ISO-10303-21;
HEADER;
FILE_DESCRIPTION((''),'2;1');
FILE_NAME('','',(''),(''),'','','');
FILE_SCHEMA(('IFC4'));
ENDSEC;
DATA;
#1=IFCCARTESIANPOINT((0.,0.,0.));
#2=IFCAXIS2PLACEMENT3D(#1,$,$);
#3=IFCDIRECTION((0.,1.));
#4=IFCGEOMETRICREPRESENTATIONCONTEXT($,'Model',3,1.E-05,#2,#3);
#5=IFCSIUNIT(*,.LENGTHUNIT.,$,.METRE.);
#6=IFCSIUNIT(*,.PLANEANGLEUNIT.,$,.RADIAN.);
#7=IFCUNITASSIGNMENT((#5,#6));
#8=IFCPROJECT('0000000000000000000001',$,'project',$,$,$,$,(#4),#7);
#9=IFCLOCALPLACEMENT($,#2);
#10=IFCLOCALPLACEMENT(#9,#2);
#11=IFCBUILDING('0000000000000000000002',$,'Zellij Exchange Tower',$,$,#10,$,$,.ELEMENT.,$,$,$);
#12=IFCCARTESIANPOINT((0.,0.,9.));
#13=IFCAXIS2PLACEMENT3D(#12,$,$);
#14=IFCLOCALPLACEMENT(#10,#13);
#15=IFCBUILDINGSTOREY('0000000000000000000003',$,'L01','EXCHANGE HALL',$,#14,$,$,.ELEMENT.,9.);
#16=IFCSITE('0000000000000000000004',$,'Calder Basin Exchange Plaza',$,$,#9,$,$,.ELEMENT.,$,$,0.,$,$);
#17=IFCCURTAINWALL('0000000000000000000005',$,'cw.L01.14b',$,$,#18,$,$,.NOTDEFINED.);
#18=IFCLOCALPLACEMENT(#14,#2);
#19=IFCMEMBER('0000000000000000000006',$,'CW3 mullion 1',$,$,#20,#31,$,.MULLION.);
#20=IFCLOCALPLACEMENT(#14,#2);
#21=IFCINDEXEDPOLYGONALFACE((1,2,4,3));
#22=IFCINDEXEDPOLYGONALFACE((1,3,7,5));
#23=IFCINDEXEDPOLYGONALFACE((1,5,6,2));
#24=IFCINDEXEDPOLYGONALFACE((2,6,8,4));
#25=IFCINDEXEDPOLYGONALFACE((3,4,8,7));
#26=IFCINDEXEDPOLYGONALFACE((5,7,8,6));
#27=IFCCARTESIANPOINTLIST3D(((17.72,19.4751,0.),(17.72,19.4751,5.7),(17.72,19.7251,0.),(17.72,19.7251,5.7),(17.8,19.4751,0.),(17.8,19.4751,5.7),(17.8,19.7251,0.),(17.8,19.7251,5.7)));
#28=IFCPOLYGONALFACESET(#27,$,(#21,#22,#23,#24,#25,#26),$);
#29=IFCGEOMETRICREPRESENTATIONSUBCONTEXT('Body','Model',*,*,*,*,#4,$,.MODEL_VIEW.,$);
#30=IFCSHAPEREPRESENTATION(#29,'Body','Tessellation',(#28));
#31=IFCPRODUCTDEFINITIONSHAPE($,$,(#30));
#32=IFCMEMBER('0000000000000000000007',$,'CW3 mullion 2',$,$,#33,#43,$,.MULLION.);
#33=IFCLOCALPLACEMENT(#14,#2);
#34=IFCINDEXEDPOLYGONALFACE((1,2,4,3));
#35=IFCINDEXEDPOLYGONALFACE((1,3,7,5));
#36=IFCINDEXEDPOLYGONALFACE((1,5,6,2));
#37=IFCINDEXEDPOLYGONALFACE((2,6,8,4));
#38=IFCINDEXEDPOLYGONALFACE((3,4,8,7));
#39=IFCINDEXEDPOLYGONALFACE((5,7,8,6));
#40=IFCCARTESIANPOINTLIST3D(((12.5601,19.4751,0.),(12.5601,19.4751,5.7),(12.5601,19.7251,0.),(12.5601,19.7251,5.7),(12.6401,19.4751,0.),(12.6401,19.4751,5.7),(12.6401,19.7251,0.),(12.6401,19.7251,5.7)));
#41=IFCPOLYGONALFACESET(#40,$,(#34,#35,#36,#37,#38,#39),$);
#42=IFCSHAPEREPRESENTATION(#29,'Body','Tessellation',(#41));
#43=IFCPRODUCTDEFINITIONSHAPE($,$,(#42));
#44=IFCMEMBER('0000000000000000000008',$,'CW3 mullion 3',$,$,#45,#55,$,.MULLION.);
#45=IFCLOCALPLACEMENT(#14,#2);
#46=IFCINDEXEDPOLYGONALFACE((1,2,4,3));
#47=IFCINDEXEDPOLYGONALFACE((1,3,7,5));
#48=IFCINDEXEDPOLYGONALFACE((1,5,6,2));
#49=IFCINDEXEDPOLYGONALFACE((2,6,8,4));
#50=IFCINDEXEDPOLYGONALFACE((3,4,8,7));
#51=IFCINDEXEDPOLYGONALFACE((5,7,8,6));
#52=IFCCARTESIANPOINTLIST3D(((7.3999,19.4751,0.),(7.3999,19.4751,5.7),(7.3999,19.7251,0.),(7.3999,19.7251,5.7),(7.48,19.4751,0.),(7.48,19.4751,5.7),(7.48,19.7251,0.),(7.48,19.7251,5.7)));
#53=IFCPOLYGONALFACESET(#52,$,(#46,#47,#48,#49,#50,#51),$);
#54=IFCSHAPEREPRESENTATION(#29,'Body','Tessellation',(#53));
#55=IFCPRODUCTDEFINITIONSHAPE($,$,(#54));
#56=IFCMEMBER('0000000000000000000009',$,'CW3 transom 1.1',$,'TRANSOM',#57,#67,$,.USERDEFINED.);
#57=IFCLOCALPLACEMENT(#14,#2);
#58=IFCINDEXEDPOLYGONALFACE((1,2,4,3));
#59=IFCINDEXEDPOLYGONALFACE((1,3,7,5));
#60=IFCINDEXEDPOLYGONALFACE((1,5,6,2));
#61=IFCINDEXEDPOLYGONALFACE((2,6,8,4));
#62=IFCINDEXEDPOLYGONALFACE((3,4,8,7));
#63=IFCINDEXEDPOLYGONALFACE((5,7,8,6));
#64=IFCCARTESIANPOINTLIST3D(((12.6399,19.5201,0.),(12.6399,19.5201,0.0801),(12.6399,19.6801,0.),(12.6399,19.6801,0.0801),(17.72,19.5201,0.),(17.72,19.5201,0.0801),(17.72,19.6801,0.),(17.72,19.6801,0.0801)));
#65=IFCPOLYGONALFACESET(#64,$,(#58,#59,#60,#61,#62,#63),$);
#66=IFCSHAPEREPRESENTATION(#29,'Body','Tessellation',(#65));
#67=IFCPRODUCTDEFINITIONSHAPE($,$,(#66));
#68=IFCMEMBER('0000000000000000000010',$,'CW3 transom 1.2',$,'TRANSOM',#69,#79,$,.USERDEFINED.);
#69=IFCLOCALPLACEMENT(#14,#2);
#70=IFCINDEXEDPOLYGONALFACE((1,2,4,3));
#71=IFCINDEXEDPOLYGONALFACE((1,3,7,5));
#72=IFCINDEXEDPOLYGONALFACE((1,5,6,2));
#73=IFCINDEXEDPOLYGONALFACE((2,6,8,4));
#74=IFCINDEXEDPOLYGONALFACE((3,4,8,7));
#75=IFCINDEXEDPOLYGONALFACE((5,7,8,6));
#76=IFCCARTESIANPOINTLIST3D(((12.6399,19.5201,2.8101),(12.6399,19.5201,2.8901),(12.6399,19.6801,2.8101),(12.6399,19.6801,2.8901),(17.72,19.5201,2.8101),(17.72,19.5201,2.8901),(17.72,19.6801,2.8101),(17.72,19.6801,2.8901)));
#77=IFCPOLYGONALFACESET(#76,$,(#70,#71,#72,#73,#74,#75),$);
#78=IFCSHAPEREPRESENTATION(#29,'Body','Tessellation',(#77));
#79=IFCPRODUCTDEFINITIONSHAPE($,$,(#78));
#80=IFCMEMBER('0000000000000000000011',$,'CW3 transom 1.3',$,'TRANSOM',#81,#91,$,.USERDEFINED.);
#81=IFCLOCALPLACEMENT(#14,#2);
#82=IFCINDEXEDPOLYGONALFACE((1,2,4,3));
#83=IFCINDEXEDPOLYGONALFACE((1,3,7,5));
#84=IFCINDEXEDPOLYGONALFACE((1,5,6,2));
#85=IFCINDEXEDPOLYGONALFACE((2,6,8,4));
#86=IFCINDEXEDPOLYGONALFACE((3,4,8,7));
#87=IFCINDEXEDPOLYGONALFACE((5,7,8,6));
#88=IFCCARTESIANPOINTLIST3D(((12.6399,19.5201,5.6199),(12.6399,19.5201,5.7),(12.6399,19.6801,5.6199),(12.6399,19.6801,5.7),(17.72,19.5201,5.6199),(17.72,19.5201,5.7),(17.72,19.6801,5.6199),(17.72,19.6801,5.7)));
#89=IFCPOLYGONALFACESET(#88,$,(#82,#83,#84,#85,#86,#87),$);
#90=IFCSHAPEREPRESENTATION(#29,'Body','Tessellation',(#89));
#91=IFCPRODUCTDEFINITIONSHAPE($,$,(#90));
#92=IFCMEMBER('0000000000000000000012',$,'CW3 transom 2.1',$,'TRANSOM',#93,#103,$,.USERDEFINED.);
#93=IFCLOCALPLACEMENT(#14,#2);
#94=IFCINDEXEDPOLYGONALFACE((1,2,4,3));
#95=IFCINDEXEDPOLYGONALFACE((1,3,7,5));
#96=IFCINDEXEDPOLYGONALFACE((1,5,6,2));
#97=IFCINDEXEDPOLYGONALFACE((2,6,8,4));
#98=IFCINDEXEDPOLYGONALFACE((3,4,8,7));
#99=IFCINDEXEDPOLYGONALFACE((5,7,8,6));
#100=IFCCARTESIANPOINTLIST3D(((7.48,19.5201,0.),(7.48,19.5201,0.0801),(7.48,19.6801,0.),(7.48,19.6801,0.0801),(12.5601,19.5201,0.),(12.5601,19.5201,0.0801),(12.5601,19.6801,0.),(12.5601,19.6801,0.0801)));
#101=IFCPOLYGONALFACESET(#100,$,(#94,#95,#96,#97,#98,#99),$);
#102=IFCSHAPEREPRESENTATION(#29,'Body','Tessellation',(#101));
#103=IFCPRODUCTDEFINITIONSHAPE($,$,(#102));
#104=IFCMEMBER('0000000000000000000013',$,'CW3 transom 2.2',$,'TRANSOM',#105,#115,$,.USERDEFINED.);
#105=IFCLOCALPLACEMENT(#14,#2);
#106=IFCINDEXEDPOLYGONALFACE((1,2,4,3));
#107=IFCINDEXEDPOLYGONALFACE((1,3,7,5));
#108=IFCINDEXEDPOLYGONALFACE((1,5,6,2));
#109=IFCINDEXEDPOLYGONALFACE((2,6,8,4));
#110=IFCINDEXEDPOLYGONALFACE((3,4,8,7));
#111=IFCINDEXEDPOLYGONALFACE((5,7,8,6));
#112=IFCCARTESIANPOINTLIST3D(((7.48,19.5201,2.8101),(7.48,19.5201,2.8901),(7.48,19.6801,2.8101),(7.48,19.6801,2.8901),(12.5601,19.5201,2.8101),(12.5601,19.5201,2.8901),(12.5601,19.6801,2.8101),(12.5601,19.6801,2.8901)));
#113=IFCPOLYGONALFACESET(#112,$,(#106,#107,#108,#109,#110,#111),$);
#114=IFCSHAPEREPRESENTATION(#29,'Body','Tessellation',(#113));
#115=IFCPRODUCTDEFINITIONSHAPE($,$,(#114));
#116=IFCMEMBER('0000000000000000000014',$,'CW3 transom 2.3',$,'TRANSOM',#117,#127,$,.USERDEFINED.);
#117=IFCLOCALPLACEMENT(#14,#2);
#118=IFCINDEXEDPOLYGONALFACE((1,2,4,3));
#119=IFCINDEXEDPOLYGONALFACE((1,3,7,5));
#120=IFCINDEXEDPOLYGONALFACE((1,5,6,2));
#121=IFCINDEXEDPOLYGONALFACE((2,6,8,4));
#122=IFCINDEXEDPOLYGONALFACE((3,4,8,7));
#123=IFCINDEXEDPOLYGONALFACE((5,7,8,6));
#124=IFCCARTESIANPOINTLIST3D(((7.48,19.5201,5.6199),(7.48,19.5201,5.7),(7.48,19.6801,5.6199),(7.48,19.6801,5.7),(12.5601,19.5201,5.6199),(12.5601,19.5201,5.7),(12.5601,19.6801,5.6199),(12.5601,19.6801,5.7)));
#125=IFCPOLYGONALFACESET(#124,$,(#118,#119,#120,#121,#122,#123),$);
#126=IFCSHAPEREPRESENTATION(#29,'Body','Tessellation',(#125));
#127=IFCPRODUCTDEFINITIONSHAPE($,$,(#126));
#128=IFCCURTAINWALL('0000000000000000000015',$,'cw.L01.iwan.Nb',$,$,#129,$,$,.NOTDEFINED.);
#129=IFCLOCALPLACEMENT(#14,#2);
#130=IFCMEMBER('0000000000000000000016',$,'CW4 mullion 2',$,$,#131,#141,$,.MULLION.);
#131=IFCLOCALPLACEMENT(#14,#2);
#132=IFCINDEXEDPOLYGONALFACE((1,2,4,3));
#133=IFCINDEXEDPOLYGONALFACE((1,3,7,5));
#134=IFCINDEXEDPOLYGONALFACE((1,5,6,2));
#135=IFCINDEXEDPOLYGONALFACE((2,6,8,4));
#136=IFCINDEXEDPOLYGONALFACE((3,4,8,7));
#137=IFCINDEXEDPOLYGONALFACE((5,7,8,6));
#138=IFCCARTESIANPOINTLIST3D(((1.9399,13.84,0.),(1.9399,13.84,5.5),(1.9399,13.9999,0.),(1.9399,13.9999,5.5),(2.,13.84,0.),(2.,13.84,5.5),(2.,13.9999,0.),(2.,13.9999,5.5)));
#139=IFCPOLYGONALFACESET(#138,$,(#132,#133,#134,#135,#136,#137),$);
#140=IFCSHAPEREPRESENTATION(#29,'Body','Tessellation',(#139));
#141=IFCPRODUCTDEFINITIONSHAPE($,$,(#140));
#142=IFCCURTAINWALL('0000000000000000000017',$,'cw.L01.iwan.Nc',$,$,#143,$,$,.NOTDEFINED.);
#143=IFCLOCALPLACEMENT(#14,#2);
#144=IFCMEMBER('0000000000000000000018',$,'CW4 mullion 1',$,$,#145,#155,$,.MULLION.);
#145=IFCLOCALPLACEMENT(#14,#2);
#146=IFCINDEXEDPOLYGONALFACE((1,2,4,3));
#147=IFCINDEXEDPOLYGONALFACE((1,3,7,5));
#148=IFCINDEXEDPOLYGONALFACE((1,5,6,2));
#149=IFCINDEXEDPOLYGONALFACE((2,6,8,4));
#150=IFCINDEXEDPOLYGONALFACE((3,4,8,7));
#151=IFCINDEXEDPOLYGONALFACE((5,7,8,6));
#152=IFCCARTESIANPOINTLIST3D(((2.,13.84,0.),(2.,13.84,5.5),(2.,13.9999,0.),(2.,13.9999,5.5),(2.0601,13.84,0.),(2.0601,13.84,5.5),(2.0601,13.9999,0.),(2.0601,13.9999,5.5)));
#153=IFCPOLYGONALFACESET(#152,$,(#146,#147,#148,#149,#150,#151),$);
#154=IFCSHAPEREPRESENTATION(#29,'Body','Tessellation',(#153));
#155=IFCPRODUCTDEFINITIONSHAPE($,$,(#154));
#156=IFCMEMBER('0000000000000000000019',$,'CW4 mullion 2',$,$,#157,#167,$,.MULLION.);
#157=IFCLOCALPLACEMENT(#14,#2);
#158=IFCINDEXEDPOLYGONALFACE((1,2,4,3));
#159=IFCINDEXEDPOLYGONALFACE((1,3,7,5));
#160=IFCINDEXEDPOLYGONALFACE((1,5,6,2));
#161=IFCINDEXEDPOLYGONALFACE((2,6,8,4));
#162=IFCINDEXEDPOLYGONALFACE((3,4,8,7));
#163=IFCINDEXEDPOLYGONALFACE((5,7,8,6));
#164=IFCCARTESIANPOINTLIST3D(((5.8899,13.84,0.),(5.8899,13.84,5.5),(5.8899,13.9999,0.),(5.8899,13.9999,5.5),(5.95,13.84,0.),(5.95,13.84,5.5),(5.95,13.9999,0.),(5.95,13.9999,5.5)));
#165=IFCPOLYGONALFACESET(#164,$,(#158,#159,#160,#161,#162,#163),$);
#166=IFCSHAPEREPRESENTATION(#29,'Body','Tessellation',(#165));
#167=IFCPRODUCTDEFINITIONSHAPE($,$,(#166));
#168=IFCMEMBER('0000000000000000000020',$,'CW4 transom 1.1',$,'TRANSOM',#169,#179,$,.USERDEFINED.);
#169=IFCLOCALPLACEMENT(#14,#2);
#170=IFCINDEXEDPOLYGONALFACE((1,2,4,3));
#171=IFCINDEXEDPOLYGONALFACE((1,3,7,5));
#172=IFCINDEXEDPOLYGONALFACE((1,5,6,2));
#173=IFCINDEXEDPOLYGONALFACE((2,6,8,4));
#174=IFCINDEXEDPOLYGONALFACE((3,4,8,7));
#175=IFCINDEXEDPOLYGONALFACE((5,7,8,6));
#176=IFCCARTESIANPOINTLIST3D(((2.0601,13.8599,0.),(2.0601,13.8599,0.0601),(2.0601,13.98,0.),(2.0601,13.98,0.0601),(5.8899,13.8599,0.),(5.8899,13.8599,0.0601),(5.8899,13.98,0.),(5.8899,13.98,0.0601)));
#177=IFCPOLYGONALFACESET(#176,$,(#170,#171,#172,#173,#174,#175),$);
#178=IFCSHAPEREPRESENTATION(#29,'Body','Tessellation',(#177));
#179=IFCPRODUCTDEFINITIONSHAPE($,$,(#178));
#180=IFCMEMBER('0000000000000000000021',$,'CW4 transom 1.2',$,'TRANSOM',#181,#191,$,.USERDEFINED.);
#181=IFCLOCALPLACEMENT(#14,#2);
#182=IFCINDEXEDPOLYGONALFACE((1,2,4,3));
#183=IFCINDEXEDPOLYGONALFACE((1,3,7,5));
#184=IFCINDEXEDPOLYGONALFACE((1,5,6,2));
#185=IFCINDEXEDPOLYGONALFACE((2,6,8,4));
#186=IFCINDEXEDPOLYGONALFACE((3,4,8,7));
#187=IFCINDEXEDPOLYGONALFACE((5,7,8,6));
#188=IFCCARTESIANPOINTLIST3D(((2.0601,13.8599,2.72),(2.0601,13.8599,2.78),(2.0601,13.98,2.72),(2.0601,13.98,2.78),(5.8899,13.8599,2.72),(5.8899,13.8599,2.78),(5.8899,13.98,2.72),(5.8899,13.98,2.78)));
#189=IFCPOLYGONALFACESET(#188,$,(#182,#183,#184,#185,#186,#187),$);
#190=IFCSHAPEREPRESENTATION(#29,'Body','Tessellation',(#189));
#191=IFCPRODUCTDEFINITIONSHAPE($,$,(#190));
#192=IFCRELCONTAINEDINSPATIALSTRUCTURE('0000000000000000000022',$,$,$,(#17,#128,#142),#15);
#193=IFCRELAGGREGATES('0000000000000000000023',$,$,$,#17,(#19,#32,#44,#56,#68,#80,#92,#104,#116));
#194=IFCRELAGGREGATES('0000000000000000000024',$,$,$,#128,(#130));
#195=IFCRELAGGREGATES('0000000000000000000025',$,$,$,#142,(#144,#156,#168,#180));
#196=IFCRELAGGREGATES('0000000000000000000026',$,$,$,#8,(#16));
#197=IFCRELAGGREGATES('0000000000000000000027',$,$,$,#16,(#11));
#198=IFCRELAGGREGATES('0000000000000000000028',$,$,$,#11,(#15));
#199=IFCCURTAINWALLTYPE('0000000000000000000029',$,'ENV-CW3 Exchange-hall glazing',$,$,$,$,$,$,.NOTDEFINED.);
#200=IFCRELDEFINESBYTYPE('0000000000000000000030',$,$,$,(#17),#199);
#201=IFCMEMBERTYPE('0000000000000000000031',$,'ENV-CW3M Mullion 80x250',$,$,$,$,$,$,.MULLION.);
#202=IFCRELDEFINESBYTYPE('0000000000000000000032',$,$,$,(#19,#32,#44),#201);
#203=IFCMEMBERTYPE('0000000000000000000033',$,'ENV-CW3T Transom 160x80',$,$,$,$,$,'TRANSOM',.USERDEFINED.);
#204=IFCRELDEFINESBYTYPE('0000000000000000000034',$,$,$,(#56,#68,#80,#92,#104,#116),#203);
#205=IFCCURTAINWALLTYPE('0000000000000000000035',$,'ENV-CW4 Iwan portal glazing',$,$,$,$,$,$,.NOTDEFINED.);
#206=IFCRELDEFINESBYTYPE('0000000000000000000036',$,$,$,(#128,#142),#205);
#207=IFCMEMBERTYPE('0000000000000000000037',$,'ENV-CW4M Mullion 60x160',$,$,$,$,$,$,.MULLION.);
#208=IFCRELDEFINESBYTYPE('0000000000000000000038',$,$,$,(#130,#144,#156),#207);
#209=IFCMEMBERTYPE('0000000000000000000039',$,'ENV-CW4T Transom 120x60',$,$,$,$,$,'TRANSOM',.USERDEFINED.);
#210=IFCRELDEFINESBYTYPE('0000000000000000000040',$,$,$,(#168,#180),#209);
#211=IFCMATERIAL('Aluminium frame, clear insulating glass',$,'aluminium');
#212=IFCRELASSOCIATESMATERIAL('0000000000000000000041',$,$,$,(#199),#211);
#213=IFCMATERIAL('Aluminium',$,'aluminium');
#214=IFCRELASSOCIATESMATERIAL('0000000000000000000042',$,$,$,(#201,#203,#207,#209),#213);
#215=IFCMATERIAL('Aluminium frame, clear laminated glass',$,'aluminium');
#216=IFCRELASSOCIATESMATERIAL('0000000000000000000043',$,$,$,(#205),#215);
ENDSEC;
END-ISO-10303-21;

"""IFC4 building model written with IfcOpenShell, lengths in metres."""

from ifc_helpers import new_model, si_unit, direction, frame, origin, origin_2d, place, context, subcontext, project, spatial, rectangle, extrude, material, material_profile, profile_set, type_object, element, aggregate, save


model = new_model("IFC4")

# Units and contexts
model_context = context("Model", 3, precision=1e-05, world=origin(), true_north=direction((0.0, 1.0)))
body_context = subcontext(model_context, "Body", "Model", "MODEL_VIEW")
ifc_project = project(units=[si_unit("LENGTHUNIT", "METRE"), si_unit("PLANEANGLEUNIT", "RADIAN")], contexts=[model_context])

# Site, building, storey
site_placement = place(None, origin())
site = spatial("IfcSite", under=ifc_project, at=site_placement, Name="Calder Basin Exchange Plaza", CompositionType="ELEMENT", RefElevation=0.0)
building_placement = place(site_placement, origin())
building = spatial("IfcBuilding", under=site, at=building_placement, Name="Zellij Exchange Tower", CompositionType="ELEMENT")
storey_placement = place(building_placement, frame((0.0, 0.0, 9.0)))
storey = spatial("IfcBuildingStorey", under=building, at=storey_placement, Name="L01", Description="EXCHANGE HALL", CompositionType="ELEMENT", Elevation=9.0)

# Curtain wall, members
ifc_material_1 = material(Name="Aluminium frame, clear insulating glass", Category="aluminium")
curtain_wall_type_1 = type_object("IfcCurtainWallType", Name="ENV-CW3 Exchange-hall glazing", PredefinedType="NOTDEFINED", material=ifc_material_1)
curtain_wall_1_placement = place(storey_placement, origin())
curtain_wall_1 = element("IfcCurtainWall", 1, at=curtain_wall_1_placement, inside=storey, type_object=curtain_wall_type_1, Name="cw.L01.14b", PredefinedType="NOTDEFINED")
ifc_material_2 = material(Name="Aluminium", Category="aluminium")
ifc_material_profile_1 = material_profile(ifc_material_2, rectangle(XDim=0.0801, YDim=0.25, at=origin_2d()), Name="AL 80x250")
ifc_profile_set_1 = profile_set([ifc_material_profile_1], Name="Aluminium")
member_type_1 = type_object("IfcMemberType", Name="ENV-CW3M Mullion 80x250", PredefinedType="MULLION", material=ifc_profile_set_1)
member_1_placement = place(storey_placement, frame((17.76, 19.6001, 0.0), z_axis=(0.0, 0.0, 1.0), x_axis=(-1.0, 0.0, 0.0)))
member_1 = element("IfcMember", 2, at=member_1_placement, type_object=member_type_1, Name="CW3 mullion 1", PredefinedType="MULLION", context=body_context, shape_type="SweptSolid", body=[
    extrude(rectangle(XDim=0.0801, YDim=0.25, at=origin_2d()), origin(), (0.0, 0.0, 1.0), 5.7),
])
member_2_placement = place(storey_placement, frame((12.6001, 19.6001, 0.0), z_axis=(0.0, 0.0, 1.0), x_axis=(-1.0, 0.0, 0.0)))
member_2 = element("IfcMember", 3, at=member_2_placement, type_object=member_type_1, Name="CW3 mullion 2", PredefinedType="MULLION", context=body_context, shape_type="SweptSolid", body=[
    extrude(rectangle(XDim=0.0801, YDim=0.25, at=origin_2d()), origin(), (0.0, 0.0, 1.0), 5.7),
])
member_3_placement = place(storey_placement, frame((7.4399, 19.6001, 0.0), z_axis=(0.0, 0.0, 1.0), x_axis=(-1.0, 0.0, 0.0)))
member_3 = element("IfcMember", 4, at=member_3_placement, type_object=member_type_1, Name="CW3 mullion 3", PredefinedType="MULLION", context=body_context, shape_type="SweptSolid", body=[
    extrude(rectangle(XDim=0.0801, YDim=0.25, at=origin_2d()), origin(), (0.0, 0.0, 1.0), 5.7),
])
ifc_material_profile_2 = material_profile(ifc_material_2, rectangle(XDim=0.1599, YDim=0.0801, at=origin_2d()), Name="AL 160x80")
ifc_profile_set_2 = profile_set([ifc_material_profile_2], Name="Aluminium")
member_type_2 = type_object("IfcMemberType", Name="ENV-CW3T Transom 160x80", ElementType="TRANSOM", PredefinedType="USERDEFINED", material=ifc_profile_set_2)
member_4_placement = place(storey_placement, frame((17.72, 19.6001, 0.04), z_axis=(-1.0, 0.0, 0.0), x_axis=(0.0, -1.0, 0.0)))
member_4 = element("IfcMember", 5, at=member_4_placement, type_object=member_type_2, Name="CW3 transom 1.1", ObjectType="TRANSOM", PredefinedType="USERDEFINED", context=body_context, shape_type="SweptSolid", body=[
    extrude(rectangle(XDim=0.1599, YDim=0.0801, at=origin_2d()), origin(), (0.0, 0.0, 1.0), 5.0801),
])
member_5_placement = place(storey_placement, frame((17.72, 19.6001, 2.8501), z_axis=(-1.0, 0.0, 0.0), x_axis=(0.0, -1.0, 0.0)))
member_5 = element("IfcMember", 6, at=member_5_placement, type_object=member_type_2, Name="CW3 transom 1.2", ObjectType="TRANSOM", PredefinedType="USERDEFINED", context=body_context, shape_type="SweptSolid", body=[
    extrude(rectangle(XDim=0.1599, YDim=0.0801, at=origin_2d()), origin(), (0.0, 0.0, 1.0), 5.0801),
])
member_6_placement = place(storey_placement, frame((17.72, 19.6001, 5.6599), z_axis=(-1.0, 0.0, 0.0), x_axis=(0.0, -1.0, 0.0)))
member_6 = element("IfcMember", 7, at=member_6_placement, type_object=member_type_2, Name="CW3 transom 1.3", ObjectType="TRANSOM", PredefinedType="USERDEFINED", context=body_context, shape_type="SweptSolid", body=[
    extrude(rectangle(XDim=0.1599, YDim=0.0801, at=origin_2d()), origin(), (0.0, 0.0, 1.0), 5.0801),
])
member_7_placement = place(storey_placement, frame((12.5601, 19.6001, 0.04), z_axis=(-1.0, 0.0, 0.0), x_axis=(0.0, -1.0, 0.0)))
member_7 = element("IfcMember", 8, at=member_7_placement, type_object=member_type_2, Name="CW3 transom 2.1", ObjectType="TRANSOM", PredefinedType="USERDEFINED", context=body_context, shape_type="SweptSolid", body=[
    extrude(rectangle(XDim=0.1599, YDim=0.0801, at=origin_2d()), origin(), (0.0, 0.0, 1.0), 5.0801),
])
member_8_placement = place(storey_placement, frame((12.5601, 19.6001, 2.8501), z_axis=(-1.0, 0.0, 0.0), x_axis=(0.0, -1.0, 0.0)))
member_8 = element("IfcMember", 9, at=member_8_placement, type_object=member_type_2, Name="CW3 transom 2.2", ObjectType="TRANSOM", PredefinedType="USERDEFINED", context=body_context, shape_type="SweptSolid", body=[
    extrude(rectangle(XDim=0.1599, YDim=0.0801, at=origin_2d()), origin(), (0.0, 0.0, 1.0), 5.0801),
])
member_9_placement = place(storey_placement, frame((12.5601, 19.6001, 5.6599), z_axis=(-1.0, 0.0, 0.0), x_axis=(0.0, -1.0, 0.0)))
member_9 = element("IfcMember", 10, at=member_9_placement, type_object=member_type_2, Name="CW3 transom 2.3", ObjectType="TRANSOM", PredefinedType="USERDEFINED", context=body_context, shape_type="SweptSolid", body=[
    extrude(rectangle(XDim=0.1599, YDim=0.0801, at=origin_2d()), origin(), (0.0, 0.0, 1.0), 5.0801),
])

# Curtain wall, member
ifc_material_3 = material(Name="Aluminium frame, clear laminated glass", Category="aluminium")
curtain_wall_type_2 = type_object("IfcCurtainWallType", Name="ENV-CW4 Iwan portal glazing", PredefinedType="NOTDEFINED", material=ifc_material_3)
curtain_wall_2_placement = place(storey_placement, origin())
curtain_wall_2 = element("IfcCurtainWall", 11, at=curtain_wall_2_placement, inside=storey, type_object=curtain_wall_type_2, Name="cw.L01.iwan.Nb", PredefinedType="NOTDEFINED")
ifc_material_profile_3 = material_profile(ifc_material_2, rectangle(XDim=0.0601, YDim=0.1599, at=origin_2d()), Name="AL 60x160")
ifc_profile_set_3 = profile_set([ifc_material_profile_3], Name="Aluminium")
member_type_3 = type_object("IfcMemberType", Name="ENV-CW4M Mullion 60x160", PredefinedType="MULLION", material=ifc_profile_set_3)
member_10_placement = place(storey_placement, frame((1.97, 13.9199, 0.0), z_axis=(0.0, 0.0, 1.0), x_axis=(1.0, 0.0, 0.0)))
member_10 = element("IfcMember", 12, at=member_10_placement, type_object=member_type_3, Name="CW4 mullion 2", PredefinedType="MULLION", context=body_context, shape_type="SweptSolid", body=[
    extrude(rectangle(XDim=0.0601, YDim=0.1599, at=origin_2d()), origin(), (0.0, 0.0, 1.0), 5.5),
])

# Curtain wall, members
curtain_wall_3_placement = place(storey_placement, origin())
curtain_wall_3 = element("IfcCurtainWall", 13, at=curtain_wall_3_placement, inside=storey, type_object=curtain_wall_type_2, Name="cw.L01.iwan.Nc", PredefinedType="NOTDEFINED")
member_11_placement = place(storey_placement, frame((2.03, 13.9199, 0.0), z_axis=(0.0, 0.0, 1.0), x_axis=(1.0, 0.0, 0.0)))
member_11 = element("IfcMember", 14, at=member_11_placement, type_object=member_type_3, Name="CW4 mullion 1", PredefinedType="MULLION", context=body_context, shape_type="SweptSolid", body=[
    extrude(rectangle(XDim=0.0601, YDim=0.1599, at=origin_2d()), origin(), (0.0, 0.0, 1.0), 5.5),
])
member_12_placement = place(storey_placement, frame((5.9199, 13.9199, 0.0), z_axis=(0.0, 0.0, 1.0), x_axis=(1.0, 0.0, 0.0)))
member_12 = element("IfcMember", 15, at=member_12_placement, type_object=member_type_3, Name="CW4 mullion 2", PredefinedType="MULLION", context=body_context, shape_type="SweptSolid", body=[
    extrude(rectangle(XDim=0.0601, YDim=0.1599, at=origin_2d()), origin(), (0.0, 0.0, 1.0), 5.5),
])
ifc_material_profile_4 = material_profile(ifc_material_2, rectangle(XDim=0.1201, YDim=0.0601, at=origin_2d()), Name="AL 120x60")
ifc_profile_set_4 = profile_set([ifc_material_profile_4], Name="Aluminium")
member_type_4 = type_object("IfcMemberType", Name="ENV-CW4T Transom 120x60", ElementType="TRANSOM", PredefinedType="USERDEFINED", material=ifc_profile_set_4)
member_13_placement = place(storey_placement, frame((2.0601, 13.9199, 0.03), z_axis=(1.0, 0.0, 0.0), x_axis=(0.0, 1.0, 0.0)))
member_13 = element("IfcMember", 16, at=member_13_placement, type_object=member_type_4, Name="CW4 transom 1.1", ObjectType="TRANSOM", PredefinedType="USERDEFINED", context=body_context, shape_type="SweptSolid", body=[
    extrude(rectangle(XDim=0.1201, YDim=0.0601, at=origin_2d()), origin(), (0.0, 0.0, 1.0), 3.8298),
])
member_14_placement = place(storey_placement, frame((2.0601, 13.9199, 2.75), z_axis=(1.0, 0.0, 0.0), x_axis=(0.0, 1.0, 0.0)))
member_14 = element("IfcMember", 17, at=member_14_placement, type_object=member_type_4, Name="CW4 transom 1.2", ObjectType="TRANSOM", PredefinedType="USERDEFINED", context=body_context, shape_type="SweptSolid", body=[
    extrude(rectangle(XDim=0.1201, YDim=0.0601, at=origin_2d()), origin(), (0.0, 0.0, 1.0), 3.8298),
])

aggregate(curtain_wall_1, [member_1, member_2, member_3, member_4, member_5, member_6, member_7, member_8, member_9])
aggregate(curtain_wall_2, [member_10])
aggregate(curtain_wall_3, [member_11, member_12, member_13, member_14])

save(model, "model.ifc")
